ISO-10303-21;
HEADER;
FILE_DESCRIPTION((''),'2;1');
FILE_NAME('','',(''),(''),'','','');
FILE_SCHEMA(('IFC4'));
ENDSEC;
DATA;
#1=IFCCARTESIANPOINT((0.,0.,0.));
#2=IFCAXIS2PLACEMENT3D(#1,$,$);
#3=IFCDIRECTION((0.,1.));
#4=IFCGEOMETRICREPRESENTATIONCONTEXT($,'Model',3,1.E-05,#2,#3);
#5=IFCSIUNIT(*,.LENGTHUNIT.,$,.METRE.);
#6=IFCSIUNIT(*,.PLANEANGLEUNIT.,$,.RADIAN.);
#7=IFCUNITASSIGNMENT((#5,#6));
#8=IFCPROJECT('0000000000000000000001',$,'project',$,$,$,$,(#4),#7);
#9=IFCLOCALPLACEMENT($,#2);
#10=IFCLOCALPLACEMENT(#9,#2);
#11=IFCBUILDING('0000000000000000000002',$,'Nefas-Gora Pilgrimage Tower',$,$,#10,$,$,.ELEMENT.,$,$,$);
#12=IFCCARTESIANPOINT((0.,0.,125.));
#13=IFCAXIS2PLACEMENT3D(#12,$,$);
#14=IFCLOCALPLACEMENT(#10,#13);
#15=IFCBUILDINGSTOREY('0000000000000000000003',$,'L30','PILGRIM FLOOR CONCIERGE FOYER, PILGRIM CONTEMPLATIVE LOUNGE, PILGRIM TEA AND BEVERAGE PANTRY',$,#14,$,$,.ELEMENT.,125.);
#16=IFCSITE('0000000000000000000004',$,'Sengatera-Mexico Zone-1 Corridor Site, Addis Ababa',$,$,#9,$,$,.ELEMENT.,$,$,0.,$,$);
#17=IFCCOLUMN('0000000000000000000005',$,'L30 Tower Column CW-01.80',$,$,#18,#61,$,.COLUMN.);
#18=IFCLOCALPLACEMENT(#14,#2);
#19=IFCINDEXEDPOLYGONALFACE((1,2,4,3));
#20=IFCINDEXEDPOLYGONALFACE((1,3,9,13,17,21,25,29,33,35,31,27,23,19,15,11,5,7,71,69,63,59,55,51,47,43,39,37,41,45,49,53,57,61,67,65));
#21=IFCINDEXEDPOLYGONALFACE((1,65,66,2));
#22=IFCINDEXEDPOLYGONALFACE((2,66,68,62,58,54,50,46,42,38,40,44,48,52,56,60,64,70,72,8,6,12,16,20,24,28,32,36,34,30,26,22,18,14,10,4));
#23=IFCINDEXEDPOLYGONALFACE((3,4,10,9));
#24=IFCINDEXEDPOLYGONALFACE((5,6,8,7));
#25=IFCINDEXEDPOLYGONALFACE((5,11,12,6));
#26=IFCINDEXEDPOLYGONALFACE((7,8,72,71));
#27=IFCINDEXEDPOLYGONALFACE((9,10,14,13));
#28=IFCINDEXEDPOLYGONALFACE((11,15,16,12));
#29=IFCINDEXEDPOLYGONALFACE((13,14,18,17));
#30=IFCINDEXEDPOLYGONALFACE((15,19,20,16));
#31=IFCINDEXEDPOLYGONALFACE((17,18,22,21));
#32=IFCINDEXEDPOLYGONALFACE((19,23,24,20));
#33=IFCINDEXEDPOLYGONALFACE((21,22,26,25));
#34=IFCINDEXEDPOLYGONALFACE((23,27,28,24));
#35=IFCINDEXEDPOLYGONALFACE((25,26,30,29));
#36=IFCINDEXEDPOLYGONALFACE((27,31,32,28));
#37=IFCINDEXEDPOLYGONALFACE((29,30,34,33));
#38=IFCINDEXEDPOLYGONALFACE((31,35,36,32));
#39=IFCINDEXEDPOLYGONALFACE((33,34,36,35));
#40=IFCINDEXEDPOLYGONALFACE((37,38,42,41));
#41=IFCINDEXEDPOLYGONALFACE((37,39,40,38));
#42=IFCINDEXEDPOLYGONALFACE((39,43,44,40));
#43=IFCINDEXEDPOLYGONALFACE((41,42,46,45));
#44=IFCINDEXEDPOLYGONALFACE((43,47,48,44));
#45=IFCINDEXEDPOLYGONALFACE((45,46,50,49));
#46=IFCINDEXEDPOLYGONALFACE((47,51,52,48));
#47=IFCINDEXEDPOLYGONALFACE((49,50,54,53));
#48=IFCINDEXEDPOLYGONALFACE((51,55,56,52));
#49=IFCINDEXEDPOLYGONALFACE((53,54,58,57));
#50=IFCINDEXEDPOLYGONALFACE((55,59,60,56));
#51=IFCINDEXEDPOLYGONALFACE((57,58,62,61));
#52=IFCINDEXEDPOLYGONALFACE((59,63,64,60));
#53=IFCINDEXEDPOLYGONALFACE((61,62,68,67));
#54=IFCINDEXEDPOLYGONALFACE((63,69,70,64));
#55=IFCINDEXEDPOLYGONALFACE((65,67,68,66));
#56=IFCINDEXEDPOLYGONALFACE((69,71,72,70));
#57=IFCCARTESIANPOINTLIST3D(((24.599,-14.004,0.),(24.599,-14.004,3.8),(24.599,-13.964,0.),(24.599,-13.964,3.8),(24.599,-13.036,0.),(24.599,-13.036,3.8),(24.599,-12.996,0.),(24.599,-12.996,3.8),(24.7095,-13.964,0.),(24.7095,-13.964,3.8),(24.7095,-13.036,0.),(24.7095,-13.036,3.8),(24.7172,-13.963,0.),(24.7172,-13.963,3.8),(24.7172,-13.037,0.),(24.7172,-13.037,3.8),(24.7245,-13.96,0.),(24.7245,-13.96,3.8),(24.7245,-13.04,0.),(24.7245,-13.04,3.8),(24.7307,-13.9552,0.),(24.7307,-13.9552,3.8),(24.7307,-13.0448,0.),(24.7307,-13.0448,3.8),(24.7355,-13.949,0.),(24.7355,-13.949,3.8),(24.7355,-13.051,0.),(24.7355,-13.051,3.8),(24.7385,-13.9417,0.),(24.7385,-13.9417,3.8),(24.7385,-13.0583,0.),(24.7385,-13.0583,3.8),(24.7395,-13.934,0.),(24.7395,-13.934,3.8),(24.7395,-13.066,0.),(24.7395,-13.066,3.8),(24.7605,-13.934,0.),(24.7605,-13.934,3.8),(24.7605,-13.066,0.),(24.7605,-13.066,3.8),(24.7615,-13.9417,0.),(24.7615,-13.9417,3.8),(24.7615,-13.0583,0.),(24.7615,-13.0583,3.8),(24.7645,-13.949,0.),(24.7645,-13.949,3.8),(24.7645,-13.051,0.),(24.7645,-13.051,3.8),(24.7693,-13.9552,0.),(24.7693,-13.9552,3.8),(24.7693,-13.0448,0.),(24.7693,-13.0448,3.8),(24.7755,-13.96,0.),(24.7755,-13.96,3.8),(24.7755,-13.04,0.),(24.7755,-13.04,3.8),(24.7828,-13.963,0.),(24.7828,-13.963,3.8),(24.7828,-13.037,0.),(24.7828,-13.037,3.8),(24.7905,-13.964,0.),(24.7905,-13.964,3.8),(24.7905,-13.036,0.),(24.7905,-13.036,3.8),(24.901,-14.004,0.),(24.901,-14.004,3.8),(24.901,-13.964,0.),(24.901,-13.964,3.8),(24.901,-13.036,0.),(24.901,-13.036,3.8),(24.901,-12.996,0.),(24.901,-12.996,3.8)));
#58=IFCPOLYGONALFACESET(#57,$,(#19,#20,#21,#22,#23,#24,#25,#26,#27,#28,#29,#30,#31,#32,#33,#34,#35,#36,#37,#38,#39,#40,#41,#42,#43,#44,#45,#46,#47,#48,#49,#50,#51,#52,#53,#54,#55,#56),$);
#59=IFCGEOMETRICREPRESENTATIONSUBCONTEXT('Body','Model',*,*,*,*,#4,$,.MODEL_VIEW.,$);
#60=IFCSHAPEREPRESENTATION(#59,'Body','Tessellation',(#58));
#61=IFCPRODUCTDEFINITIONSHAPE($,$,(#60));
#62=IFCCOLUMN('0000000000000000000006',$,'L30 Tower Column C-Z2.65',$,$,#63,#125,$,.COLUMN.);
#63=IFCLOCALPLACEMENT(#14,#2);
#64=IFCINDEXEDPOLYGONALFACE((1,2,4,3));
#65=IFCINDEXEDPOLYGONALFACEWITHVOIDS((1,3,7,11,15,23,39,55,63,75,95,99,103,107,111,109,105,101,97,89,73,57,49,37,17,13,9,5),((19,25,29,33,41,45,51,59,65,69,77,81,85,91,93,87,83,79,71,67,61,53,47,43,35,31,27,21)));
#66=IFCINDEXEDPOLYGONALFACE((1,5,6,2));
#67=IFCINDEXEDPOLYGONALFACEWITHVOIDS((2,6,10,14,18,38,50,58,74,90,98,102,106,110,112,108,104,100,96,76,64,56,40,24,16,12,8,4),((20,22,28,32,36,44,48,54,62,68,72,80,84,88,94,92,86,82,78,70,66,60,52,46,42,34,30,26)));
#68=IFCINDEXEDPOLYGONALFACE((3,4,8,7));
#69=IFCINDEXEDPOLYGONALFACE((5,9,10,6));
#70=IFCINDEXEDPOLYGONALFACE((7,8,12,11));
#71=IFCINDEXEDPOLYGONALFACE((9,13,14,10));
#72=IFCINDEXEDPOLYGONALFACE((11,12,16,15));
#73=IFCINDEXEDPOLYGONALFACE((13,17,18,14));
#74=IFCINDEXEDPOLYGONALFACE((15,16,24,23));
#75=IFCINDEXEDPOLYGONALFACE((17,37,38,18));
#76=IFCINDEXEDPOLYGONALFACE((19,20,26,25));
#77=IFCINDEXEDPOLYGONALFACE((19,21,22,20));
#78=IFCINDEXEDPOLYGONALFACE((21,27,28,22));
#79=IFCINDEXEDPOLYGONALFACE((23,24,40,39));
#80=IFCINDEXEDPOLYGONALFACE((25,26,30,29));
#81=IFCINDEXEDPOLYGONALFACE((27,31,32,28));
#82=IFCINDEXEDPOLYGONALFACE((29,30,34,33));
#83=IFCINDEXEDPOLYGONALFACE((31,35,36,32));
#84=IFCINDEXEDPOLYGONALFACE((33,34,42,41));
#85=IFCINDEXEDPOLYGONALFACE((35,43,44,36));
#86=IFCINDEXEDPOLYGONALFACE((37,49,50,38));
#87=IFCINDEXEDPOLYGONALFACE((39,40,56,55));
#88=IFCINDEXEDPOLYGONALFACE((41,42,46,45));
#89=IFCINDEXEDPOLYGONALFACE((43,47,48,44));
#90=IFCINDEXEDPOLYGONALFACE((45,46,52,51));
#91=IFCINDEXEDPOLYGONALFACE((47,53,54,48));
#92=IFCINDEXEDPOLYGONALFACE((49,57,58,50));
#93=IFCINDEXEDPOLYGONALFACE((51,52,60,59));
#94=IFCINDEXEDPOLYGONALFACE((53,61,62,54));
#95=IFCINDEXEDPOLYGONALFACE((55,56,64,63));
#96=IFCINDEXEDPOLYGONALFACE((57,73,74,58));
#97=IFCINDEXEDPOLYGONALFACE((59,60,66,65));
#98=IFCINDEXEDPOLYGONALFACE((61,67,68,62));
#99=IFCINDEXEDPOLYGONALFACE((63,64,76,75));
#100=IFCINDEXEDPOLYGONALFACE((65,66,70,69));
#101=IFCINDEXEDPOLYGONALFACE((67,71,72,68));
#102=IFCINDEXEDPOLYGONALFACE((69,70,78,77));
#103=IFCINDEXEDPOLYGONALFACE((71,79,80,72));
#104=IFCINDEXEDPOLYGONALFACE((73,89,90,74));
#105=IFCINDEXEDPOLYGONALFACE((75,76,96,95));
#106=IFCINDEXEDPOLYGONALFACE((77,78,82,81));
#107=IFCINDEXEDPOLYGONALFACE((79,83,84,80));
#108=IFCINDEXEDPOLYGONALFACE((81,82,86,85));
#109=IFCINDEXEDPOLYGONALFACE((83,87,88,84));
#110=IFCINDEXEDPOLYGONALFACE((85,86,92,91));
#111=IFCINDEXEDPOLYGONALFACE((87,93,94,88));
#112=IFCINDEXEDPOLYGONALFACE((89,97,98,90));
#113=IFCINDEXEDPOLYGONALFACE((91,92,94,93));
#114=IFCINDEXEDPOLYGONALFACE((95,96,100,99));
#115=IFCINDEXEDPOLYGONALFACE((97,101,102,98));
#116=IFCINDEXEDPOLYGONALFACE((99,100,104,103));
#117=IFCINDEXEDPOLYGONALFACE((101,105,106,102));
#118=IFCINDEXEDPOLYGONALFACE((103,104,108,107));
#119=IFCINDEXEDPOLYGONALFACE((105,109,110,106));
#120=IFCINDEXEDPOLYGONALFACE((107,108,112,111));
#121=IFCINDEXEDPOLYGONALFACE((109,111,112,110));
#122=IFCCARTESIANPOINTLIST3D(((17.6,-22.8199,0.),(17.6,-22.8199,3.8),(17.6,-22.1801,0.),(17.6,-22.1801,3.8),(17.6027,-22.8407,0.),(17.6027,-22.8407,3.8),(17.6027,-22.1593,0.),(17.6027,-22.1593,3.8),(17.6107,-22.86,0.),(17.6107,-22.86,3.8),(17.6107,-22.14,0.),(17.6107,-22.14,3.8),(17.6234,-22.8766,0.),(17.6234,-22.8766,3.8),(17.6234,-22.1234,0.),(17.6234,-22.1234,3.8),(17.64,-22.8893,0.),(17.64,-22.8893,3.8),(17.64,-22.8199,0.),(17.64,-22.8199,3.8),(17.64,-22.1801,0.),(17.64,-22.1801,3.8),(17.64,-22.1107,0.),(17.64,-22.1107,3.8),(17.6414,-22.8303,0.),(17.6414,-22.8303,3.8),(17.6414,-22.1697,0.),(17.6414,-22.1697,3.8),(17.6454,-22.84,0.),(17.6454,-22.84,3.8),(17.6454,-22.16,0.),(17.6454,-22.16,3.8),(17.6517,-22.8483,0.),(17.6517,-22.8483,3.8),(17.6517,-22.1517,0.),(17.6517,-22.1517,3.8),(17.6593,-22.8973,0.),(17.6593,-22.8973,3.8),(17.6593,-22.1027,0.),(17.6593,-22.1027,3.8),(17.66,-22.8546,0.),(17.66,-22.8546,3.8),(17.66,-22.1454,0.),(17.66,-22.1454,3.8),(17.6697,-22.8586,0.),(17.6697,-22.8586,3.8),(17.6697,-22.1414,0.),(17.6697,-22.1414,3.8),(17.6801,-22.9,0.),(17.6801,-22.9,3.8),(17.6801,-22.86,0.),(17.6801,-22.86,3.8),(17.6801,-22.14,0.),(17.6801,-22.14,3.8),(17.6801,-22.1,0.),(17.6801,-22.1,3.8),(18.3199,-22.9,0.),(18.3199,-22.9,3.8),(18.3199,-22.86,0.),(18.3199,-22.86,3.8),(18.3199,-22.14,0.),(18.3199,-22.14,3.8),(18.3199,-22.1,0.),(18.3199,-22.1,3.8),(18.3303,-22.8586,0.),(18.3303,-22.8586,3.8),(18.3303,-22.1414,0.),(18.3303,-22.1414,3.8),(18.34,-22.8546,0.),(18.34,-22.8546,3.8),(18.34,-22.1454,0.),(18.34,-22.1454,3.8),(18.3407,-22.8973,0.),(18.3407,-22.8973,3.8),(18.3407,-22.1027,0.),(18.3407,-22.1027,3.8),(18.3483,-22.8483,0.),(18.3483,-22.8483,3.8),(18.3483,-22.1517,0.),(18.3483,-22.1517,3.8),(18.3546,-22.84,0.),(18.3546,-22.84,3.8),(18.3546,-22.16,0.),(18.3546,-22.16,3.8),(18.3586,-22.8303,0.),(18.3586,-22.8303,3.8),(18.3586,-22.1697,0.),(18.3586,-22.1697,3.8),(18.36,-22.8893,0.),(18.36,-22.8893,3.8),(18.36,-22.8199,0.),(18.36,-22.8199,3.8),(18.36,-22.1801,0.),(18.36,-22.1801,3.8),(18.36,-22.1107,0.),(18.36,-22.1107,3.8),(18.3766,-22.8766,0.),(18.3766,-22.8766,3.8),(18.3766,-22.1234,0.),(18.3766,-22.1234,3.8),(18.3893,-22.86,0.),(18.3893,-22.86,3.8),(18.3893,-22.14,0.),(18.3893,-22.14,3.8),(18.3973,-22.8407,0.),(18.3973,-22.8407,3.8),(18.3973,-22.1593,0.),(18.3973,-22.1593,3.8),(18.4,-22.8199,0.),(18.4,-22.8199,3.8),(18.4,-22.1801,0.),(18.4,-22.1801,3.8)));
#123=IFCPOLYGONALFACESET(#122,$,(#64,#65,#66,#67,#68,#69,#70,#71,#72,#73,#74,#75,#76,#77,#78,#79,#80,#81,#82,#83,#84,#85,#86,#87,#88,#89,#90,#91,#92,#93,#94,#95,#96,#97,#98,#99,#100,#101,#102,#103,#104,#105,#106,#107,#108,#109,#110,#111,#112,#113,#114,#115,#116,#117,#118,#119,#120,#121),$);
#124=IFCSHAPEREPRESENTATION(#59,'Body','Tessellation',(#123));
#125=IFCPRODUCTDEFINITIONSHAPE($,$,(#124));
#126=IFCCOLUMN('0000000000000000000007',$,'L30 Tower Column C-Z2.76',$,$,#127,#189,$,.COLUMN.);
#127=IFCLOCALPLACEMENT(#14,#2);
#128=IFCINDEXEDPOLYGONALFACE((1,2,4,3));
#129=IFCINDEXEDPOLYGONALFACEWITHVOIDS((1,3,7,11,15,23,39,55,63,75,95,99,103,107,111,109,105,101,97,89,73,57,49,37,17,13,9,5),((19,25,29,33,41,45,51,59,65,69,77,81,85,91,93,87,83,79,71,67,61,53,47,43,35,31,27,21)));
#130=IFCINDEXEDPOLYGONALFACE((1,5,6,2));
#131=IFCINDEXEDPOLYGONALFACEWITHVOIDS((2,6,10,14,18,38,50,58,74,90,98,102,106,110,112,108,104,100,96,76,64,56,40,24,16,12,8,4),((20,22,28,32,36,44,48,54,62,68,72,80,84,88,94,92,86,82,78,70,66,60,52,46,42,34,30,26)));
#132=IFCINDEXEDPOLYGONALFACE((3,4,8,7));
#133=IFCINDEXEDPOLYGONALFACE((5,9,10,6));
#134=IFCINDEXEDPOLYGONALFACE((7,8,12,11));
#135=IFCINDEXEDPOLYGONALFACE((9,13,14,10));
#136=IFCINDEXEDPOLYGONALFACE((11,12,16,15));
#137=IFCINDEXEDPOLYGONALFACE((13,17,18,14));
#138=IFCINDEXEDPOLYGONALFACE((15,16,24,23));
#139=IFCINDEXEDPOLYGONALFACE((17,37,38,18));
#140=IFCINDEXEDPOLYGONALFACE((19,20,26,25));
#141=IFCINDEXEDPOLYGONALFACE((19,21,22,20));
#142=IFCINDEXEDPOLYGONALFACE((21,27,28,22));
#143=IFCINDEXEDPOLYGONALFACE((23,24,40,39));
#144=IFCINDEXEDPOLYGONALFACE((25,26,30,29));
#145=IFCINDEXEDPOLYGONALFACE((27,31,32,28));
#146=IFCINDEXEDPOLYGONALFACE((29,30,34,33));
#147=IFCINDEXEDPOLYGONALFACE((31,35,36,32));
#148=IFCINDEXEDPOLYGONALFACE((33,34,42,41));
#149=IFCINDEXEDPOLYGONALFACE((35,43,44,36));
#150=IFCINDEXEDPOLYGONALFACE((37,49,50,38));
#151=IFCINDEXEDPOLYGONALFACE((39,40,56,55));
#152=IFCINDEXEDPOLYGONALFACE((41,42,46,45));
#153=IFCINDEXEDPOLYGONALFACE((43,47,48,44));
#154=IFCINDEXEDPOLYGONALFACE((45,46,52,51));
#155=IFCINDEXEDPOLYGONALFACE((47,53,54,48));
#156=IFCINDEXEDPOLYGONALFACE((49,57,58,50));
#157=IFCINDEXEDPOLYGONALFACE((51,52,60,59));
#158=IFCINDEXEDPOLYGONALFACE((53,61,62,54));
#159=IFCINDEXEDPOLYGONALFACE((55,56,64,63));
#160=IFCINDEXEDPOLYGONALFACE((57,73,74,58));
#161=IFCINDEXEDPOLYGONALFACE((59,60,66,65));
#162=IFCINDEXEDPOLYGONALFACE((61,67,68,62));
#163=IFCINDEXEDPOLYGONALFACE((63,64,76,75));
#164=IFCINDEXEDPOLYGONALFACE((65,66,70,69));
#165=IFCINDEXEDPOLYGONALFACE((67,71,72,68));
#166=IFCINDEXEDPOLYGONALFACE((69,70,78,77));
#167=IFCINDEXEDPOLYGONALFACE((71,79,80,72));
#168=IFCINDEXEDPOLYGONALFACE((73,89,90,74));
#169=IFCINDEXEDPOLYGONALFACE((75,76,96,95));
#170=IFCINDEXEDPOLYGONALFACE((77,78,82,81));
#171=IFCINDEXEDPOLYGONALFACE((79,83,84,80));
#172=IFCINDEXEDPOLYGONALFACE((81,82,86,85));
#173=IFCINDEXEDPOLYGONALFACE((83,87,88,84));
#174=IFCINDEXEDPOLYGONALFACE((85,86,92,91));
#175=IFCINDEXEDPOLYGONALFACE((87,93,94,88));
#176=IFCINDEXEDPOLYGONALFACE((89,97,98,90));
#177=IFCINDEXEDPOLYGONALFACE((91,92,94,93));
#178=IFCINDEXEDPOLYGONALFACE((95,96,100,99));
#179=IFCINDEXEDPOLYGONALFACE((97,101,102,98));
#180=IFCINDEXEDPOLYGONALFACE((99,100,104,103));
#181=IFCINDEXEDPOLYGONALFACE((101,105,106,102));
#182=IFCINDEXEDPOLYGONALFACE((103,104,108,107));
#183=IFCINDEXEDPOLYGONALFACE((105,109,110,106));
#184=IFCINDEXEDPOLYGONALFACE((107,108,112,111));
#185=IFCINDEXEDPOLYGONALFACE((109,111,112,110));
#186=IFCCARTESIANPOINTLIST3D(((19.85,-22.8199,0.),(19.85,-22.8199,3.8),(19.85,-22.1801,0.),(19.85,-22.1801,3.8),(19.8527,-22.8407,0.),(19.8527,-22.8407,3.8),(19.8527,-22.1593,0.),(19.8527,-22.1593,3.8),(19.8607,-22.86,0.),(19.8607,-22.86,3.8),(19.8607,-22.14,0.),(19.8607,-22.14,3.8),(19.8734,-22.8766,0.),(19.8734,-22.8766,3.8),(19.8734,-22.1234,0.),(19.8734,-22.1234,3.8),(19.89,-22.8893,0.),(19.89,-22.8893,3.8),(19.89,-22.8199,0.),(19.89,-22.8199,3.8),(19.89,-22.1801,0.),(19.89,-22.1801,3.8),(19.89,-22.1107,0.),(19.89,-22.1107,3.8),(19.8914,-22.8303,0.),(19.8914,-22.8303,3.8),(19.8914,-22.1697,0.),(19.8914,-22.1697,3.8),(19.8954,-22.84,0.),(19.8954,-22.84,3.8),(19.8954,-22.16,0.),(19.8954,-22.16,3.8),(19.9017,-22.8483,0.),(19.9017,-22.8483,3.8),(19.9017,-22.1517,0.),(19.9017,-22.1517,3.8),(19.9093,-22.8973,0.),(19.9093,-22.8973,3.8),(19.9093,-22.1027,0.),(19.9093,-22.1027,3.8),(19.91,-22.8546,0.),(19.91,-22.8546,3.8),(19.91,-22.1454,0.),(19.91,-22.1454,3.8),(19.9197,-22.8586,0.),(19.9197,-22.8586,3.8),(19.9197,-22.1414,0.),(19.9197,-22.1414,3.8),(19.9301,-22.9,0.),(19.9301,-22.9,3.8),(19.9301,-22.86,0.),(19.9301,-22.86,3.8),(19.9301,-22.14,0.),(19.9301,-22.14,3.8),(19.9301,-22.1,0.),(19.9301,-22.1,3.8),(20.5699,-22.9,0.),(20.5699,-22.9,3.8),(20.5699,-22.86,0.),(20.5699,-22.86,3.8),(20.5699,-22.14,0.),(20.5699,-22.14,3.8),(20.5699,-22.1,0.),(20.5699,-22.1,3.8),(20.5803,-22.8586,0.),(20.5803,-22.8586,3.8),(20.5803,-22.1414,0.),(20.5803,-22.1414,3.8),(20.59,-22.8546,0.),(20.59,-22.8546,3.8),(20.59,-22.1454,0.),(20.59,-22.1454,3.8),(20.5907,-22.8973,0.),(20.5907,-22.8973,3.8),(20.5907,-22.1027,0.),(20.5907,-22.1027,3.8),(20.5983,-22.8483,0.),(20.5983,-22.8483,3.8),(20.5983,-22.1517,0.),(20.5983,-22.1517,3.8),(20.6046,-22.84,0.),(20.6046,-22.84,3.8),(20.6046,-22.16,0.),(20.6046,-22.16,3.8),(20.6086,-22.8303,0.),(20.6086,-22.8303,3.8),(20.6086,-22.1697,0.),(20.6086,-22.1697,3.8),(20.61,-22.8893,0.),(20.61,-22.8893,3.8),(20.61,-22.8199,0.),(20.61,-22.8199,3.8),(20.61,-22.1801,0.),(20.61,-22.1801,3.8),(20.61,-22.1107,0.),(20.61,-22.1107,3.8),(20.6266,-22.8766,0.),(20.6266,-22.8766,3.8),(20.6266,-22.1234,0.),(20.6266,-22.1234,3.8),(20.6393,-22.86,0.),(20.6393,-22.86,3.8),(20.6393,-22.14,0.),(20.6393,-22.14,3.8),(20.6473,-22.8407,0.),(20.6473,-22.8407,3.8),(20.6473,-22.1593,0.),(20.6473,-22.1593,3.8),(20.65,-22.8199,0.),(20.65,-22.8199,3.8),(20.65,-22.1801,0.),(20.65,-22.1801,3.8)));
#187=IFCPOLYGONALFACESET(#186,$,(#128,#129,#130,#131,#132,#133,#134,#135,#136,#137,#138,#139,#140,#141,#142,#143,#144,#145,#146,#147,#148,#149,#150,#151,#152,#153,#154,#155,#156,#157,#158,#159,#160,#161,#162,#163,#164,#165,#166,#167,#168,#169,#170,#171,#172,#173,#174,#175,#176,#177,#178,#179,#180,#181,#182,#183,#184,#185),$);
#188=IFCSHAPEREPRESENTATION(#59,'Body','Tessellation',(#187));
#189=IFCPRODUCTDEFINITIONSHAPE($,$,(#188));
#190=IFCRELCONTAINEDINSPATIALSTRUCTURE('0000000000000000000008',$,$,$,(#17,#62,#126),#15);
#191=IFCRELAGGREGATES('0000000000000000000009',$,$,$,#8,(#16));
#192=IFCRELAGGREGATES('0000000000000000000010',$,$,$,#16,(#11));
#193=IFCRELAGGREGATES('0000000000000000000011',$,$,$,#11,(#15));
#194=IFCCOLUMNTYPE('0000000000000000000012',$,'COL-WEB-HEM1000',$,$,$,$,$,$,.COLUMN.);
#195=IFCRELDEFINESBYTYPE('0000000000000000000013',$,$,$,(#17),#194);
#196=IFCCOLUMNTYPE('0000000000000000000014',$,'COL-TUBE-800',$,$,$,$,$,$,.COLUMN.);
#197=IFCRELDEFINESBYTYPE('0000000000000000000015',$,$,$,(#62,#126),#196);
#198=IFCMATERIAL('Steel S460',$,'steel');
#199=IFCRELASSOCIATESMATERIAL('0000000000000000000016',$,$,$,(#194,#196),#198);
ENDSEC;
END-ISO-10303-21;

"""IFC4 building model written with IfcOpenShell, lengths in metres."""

from ifc_helpers import new_model, si_unit, direction, frame, origin, origin_2d, place, context, subcontext, project, spatial, hollow_rectangle, i_section, extrude, source, transform, mapped, material, material_profile, profile_set, type_object, element, save


model = new_model("IFC4")

# Units and contexts
model_context = context("Model", 3, precision=1e-05, world=origin(), true_north=direction((0.0, 1.0)))
body_context = subcontext(model_context, "Body", "Model", "MODEL_VIEW")
ifc_project = project(units=[si_unit("LENGTHUNIT", "METRE"), si_unit("PLANEANGLEUNIT", "RADIAN")], contexts=[model_context])

# Site, building, storey
site_placement = place(None, origin())
site = spatial("IfcSite", under=ifc_project, at=site_placement, Name="Sengatera-Mexico Zone-1 Corridor Site, Addis Ababa", CompositionType="ELEMENT", RefElevation=0.0)
building_placement = place(site_placement, origin())
building = spatial("IfcBuilding", under=site, at=building_placement, Name="Nefas-Gora Pilgrimage Tower", CompositionType="ELEMENT")
storey_placement = place(building_placement, frame((0.0, 0.0, 125.0)))
storey = spatial("IfcBuildingStorey", under=building, at=storey_placement, Name="L30", Description="PILGRIM FLOOR CONCIERGE FOYER, PILGRIM CONTEMPLATIVE LOUNGE, PILGRIM TEA AND BEVERAGE PANTRY", CompositionType="ELEMENT", Elevation=125.0)

# Columns
ifc_material_1 = material(Name="Steel S460", Category="steel")
ifc_material_profile_1 = material_profile(ifc_material_1, i_section(OverallWidth=0.302, OverallDepth=1.0081, WebThickness=0.021, FlangeThickness=0.04, FilletRadius=0.03, at=origin_2d()), Name="HEM 1000")
ifc_profile_set_1 = profile_set([ifc_material_profile_1], Name="Steel S460")
column_type_1 = type_object("IfcColumnType", Name="COL-WEB-HEM1000", PredefinedType="COLUMN", material=ifc_profile_set_1)
shared_shape_1 = source(origin(), body_context, "Body", "SweptSolid", [
    extrude(i_section(OverallWidth=0.302, OverallDepth=1.0081, WebThickness=0.021, FlangeThickness=0.04, FilletRadius=0.03, at=origin_2d()), origin(), (0.0, 0.0, 1.0), 3.8),
])
for number, where, z_axis, x_axis, name in (
    (1, (24.75, -13.5, 0.0), (0.0, 0.0, 1.0), (1.0, 0.0, 0.0), "L30 Tower Column CW-01.80"),
):
    element("IfcColumn", number, at=place(storey_placement, frame(where, z_axis=z_axis, x_axis=x_axis)), inside=storey, type_object=column_type_1, Name=name, PredefinedType="COLUMN", context=body_context, shape_type="MappedRepresentation", body=[
        mapped(shared_shape_1, transform((0.0, 0.0, 0.0), x_axis=(1.0, 0.0, 0.0), y_axis=(0.0, 1.0, 0.0), z_axis=(0.0, 0.0, 1.0), scale=1.0)),
    ])
ifc_material_profile_2 = material_profile(ifc_material_1, hollow_rectangle(XDim=0.8, YDim=0.8, WallThickness=0.04, InnerFilletRadius=0.04, OuterFilletRadius=0.0801, at=origin_2d()), Name="BOX 800x800x40")
ifc_profile_set_2 = profile_set([ifc_material_profile_2], Name="Steel S460")
column_type_2 = type_object("IfcColumnType", Name="COL-TUBE-800", PredefinedType="COLUMN", material=ifc_profile_set_2)
shared_shape_2 = source(origin(), body_context, "Body", "SweptSolid", [
    extrude(hollow_rectangle(XDim=0.8, YDim=0.8, WallThickness=0.04, InnerFilletRadius=0.04, OuterFilletRadius=0.0801, at=origin_2d()), origin(), (0.0, 0.0, 1.0), 3.8),
])
for number, where, z_axis, x_axis, name in (
    (2, (18.0, -22.5, 0.0), (0.0, 0.0, 1.0), (1.0, 0.0, 0.0), "L30 Tower Column C-Z2.65"),
    (3, (20.25, -22.5, 0.0), (0.0, 0.0, 1.0), (1.0, 0.0, 0.0), "L30 Tower Column C-Z2.76"),
):
    element("IfcColumn", number, at=place(storey_placement, frame(where, z_axis=z_axis, x_axis=x_axis)), inside=storey, type_object=column_type_2, Name=name, PredefinedType="COLUMN", context=body_context, shape_type="MappedRepresentation", body=[
        mapped(shared_shape_2, transform((0.0, 0.0, 0.0), x_axis=(1.0, 0.0, 0.0), y_axis=(0.0, 1.0, 0.0), z_axis=(0.0, 0.0, 1.0), scale=1.0)),
    ])

save(model, "model.ifc")
